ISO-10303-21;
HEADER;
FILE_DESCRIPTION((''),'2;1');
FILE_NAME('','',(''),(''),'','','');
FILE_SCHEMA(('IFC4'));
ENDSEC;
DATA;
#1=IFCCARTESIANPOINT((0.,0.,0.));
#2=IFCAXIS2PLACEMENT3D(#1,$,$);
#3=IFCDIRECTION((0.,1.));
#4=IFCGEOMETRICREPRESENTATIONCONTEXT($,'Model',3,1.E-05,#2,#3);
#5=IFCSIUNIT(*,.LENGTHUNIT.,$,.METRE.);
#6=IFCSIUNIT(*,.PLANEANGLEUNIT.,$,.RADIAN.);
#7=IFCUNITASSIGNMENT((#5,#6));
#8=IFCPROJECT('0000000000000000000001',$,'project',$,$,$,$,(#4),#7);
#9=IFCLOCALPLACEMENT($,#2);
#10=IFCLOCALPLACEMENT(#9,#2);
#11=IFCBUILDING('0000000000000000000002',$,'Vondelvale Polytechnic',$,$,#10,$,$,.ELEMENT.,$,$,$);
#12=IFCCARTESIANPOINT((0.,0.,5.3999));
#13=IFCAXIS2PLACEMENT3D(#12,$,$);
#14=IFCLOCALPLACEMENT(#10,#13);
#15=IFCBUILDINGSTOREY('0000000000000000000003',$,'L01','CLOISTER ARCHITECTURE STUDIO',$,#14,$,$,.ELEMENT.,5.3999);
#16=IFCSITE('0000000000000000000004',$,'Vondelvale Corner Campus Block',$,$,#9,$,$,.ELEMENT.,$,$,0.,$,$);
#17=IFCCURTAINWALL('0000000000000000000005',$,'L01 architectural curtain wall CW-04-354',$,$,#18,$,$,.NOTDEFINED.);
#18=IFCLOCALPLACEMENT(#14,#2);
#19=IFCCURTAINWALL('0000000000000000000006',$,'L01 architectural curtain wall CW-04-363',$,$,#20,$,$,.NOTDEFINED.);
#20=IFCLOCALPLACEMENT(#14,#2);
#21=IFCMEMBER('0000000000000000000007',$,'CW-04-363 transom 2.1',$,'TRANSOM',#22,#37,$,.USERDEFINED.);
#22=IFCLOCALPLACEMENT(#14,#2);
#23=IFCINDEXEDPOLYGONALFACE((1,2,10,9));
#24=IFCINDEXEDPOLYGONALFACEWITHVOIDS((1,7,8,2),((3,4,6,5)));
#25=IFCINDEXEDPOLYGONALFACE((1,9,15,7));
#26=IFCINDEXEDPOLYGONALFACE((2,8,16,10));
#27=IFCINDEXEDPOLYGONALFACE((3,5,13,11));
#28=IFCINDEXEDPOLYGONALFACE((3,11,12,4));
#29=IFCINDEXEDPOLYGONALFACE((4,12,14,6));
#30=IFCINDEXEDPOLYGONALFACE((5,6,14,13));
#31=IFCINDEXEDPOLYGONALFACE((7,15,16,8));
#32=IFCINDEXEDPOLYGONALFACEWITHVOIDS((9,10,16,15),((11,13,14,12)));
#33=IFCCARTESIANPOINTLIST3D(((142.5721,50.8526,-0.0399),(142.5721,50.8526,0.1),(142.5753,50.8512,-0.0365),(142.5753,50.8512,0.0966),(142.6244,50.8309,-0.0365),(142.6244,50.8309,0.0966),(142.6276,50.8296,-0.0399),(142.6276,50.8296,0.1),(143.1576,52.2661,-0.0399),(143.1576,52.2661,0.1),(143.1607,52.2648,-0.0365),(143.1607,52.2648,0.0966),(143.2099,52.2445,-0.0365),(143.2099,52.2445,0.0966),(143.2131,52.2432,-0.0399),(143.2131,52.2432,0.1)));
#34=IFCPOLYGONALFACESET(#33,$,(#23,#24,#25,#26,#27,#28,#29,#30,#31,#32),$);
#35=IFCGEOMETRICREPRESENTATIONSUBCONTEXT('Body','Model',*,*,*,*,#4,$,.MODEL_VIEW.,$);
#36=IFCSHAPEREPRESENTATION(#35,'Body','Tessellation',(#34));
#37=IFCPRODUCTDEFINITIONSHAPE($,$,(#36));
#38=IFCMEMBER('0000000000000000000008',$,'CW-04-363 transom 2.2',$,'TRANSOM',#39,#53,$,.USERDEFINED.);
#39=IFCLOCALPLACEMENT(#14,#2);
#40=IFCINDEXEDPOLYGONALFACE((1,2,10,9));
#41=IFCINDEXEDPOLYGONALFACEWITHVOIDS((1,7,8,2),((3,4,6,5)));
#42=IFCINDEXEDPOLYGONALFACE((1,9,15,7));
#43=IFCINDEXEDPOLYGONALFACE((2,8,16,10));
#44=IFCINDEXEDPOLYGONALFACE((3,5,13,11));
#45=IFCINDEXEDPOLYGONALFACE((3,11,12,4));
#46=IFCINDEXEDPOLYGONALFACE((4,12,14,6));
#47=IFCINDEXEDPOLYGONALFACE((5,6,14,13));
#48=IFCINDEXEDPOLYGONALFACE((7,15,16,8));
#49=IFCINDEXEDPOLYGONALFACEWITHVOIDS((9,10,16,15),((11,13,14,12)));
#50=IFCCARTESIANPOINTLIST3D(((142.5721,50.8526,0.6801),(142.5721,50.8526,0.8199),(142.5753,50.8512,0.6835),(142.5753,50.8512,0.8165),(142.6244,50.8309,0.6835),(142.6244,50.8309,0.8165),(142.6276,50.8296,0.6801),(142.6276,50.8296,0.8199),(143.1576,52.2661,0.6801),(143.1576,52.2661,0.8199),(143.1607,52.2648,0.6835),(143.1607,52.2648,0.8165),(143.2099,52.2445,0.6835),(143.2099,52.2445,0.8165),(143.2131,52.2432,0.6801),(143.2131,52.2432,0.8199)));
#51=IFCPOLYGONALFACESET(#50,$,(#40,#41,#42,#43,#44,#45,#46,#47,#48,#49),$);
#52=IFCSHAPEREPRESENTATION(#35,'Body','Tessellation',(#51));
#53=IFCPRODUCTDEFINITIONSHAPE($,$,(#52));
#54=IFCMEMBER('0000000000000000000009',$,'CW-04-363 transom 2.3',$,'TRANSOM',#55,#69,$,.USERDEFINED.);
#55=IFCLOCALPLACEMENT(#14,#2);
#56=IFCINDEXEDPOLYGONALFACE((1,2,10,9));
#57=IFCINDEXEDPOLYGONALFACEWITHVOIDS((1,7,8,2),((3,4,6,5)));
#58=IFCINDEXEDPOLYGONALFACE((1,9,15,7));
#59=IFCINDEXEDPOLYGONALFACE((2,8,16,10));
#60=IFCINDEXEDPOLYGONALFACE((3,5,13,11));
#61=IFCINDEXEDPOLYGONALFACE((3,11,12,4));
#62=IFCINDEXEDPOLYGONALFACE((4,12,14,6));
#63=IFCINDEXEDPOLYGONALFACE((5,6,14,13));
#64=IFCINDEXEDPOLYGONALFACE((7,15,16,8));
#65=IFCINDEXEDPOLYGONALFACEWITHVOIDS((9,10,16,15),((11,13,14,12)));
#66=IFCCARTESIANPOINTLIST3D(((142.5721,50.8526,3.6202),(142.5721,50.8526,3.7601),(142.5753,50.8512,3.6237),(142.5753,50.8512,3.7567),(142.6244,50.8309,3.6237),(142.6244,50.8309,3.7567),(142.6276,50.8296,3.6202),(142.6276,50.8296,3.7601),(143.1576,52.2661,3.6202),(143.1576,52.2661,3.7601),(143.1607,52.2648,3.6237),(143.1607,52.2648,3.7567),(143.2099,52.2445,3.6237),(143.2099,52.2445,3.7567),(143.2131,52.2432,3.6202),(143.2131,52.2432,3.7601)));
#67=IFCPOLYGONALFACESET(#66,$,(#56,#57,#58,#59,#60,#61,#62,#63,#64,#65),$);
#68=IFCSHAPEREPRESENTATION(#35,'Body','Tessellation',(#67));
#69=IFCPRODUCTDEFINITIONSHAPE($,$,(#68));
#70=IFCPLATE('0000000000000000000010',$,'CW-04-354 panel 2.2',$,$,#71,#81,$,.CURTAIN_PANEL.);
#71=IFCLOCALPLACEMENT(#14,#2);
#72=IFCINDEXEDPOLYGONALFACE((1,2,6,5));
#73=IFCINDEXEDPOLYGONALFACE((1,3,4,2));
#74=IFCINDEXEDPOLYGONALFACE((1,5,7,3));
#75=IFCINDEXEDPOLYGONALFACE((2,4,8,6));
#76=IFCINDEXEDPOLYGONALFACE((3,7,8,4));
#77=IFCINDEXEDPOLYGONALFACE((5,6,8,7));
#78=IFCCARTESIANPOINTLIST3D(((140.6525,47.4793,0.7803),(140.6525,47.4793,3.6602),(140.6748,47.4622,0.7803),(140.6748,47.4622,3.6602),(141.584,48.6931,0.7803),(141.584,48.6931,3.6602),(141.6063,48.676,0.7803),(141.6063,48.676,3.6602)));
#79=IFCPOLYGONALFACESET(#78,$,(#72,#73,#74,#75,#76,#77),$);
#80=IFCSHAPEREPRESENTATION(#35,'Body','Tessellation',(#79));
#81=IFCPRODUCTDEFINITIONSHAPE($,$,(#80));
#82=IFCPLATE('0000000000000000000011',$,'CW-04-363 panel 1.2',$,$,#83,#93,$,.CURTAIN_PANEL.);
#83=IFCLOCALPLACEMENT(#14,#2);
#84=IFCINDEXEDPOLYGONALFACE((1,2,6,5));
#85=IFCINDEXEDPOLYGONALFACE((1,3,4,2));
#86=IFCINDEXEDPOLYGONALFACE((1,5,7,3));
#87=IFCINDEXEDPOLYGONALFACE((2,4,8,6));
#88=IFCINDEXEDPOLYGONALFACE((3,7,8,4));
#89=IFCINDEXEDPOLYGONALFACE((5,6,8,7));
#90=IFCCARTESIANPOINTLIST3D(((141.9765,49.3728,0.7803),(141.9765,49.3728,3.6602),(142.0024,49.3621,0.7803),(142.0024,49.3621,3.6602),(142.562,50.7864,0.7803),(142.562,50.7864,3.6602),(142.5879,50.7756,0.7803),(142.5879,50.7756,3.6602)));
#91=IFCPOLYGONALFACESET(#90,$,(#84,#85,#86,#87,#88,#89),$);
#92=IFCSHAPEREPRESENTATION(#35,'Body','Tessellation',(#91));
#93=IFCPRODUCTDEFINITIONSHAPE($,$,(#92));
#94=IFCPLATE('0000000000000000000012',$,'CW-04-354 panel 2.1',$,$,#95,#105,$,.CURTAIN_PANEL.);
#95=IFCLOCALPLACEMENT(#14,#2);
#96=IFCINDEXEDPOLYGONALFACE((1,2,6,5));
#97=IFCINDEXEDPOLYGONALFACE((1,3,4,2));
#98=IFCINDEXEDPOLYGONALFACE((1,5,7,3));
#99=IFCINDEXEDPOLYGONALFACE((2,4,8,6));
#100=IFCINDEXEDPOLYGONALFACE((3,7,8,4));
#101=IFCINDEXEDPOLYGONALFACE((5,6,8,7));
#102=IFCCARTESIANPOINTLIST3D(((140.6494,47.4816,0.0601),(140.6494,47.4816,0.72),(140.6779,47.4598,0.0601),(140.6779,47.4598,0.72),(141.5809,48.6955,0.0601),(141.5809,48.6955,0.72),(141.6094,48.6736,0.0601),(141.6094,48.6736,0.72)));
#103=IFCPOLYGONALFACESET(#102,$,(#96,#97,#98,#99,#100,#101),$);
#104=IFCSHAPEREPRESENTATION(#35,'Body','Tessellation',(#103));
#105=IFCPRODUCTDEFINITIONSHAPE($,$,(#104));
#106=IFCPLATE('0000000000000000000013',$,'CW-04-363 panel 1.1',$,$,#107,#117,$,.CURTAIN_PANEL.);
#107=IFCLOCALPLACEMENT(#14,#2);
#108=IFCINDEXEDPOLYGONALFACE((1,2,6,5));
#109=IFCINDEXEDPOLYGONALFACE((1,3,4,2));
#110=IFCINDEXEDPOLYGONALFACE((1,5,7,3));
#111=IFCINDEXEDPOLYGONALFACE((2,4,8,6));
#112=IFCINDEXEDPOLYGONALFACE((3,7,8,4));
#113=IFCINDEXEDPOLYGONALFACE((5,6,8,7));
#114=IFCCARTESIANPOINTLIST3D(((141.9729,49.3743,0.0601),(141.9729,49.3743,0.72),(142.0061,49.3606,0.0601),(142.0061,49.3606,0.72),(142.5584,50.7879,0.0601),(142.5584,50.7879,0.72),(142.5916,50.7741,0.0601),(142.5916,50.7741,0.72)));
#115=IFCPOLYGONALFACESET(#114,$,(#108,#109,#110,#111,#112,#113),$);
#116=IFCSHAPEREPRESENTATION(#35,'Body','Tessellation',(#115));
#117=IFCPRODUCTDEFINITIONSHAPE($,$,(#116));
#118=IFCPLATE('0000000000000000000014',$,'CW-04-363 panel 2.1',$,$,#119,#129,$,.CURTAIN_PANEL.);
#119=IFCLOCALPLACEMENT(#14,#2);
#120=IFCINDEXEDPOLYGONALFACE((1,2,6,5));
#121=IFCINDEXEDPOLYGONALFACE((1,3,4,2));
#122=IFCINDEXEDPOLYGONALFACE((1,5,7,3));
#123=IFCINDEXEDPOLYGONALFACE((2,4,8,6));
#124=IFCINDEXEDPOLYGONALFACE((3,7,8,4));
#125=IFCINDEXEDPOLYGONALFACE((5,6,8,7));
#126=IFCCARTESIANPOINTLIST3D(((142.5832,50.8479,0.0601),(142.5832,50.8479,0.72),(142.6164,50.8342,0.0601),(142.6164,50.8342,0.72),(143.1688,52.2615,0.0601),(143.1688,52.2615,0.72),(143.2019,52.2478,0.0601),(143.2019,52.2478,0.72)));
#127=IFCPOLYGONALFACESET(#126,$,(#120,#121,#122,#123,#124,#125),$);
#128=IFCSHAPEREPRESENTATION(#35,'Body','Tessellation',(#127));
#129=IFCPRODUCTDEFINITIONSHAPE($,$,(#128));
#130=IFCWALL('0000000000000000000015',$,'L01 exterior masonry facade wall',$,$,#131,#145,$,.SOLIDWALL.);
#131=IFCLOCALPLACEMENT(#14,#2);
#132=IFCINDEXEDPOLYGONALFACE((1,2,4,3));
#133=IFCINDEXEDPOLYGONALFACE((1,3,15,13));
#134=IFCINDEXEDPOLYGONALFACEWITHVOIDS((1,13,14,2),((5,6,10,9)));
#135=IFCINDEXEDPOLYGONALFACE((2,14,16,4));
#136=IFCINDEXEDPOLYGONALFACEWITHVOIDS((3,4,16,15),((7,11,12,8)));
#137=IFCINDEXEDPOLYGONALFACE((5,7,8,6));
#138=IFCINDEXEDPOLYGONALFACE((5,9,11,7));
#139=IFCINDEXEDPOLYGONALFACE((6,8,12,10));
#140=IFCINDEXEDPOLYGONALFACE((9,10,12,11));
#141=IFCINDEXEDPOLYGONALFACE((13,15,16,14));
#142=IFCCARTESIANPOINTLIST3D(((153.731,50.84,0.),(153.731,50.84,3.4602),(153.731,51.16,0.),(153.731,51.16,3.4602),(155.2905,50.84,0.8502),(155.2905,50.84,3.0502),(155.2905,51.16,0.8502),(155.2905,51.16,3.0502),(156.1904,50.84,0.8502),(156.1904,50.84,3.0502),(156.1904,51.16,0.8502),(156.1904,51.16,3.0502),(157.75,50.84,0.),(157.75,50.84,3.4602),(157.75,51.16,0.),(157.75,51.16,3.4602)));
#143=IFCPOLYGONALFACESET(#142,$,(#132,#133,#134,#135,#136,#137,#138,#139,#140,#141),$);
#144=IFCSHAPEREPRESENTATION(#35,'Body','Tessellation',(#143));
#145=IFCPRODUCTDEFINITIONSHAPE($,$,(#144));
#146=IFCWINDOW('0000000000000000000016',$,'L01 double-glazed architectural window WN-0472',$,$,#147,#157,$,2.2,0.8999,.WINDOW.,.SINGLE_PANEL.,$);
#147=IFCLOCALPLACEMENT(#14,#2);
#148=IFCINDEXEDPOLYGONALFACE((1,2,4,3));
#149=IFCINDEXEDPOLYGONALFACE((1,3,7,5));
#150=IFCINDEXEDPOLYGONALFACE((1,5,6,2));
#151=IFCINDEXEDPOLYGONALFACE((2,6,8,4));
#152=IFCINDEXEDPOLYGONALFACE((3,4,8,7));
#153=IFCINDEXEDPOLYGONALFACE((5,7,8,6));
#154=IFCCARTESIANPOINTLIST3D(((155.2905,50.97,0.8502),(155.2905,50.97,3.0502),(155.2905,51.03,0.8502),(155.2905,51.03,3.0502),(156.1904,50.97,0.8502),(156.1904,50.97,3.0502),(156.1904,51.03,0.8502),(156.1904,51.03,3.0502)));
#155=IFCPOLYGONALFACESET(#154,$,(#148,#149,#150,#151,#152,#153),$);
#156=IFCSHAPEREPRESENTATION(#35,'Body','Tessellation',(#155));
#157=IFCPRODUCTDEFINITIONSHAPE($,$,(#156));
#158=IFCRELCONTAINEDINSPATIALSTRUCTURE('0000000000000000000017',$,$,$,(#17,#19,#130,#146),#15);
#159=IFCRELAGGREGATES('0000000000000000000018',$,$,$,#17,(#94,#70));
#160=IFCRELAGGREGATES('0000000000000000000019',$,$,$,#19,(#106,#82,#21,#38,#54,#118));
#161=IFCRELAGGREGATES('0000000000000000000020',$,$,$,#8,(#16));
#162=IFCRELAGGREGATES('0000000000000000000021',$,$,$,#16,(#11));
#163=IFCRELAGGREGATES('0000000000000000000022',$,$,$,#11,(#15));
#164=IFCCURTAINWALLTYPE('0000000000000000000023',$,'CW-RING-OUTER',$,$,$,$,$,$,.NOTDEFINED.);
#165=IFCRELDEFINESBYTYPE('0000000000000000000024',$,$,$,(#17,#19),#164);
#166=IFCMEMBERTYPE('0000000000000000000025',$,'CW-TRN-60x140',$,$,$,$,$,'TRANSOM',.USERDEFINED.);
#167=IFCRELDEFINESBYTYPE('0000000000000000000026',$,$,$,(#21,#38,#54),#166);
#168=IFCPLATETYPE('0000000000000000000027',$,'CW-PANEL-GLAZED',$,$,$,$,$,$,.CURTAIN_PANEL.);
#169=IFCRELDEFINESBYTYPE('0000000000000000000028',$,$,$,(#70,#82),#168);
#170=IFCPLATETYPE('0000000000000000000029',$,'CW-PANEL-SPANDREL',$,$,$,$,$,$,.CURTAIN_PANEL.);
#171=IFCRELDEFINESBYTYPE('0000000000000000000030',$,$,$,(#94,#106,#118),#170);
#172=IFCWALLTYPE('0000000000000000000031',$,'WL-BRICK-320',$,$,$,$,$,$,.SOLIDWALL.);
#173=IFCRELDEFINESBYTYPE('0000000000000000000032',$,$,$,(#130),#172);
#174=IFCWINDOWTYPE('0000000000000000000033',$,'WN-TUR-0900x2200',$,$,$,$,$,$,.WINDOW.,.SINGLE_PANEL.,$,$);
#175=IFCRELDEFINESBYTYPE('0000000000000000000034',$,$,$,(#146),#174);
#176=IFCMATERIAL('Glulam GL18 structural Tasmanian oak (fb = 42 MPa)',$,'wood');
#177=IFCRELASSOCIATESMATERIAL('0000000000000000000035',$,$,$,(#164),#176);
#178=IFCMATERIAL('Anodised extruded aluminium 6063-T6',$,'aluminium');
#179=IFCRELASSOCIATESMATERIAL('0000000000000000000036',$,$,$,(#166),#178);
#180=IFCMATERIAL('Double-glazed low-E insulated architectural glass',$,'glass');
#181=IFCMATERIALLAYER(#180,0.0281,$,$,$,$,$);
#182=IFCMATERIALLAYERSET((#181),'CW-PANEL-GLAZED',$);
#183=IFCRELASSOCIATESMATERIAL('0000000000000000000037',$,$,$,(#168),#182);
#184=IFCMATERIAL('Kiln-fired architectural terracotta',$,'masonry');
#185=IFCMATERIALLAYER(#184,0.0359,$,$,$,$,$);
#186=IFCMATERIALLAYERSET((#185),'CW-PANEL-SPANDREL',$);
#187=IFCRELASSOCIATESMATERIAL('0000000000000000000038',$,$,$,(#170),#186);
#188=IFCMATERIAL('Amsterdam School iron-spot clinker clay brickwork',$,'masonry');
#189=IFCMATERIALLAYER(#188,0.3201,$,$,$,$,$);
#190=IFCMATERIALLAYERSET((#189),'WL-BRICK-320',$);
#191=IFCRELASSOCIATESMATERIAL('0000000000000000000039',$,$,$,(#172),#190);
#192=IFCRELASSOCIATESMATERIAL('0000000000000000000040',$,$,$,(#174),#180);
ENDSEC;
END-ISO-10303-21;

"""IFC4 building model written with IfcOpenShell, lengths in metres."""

from ifc_helpers import new_model, si_unit, direction, frame, frame_2d, origin, origin_2d, place, context, subcontext, project, spatial, rectangle, hollow_rectangle, extrude, material, layer, layer_set, material_profile, profile_set, type_object, element, fill, aggregate, save


model = new_model("IFC4")

# Units and contexts
model_context = context("Model", 3, precision=1e-05, world=origin(), true_north=direction((0.0, 1.0)))
body_context = subcontext(model_context, "Body", "Model", "MODEL_VIEW")
ifc_project = project(units=[si_unit("LENGTHUNIT", "METRE"), si_unit("PLANEANGLEUNIT", "RADIAN")], contexts=[model_context])

# Site, building, storey
site_placement = place(None, origin())
site = spatial("IfcSite", under=ifc_project, at=site_placement, Name="Vondelvale Corner Campus Block", CompositionType="ELEMENT", RefElevation=0.0)
building_placement = place(site_placement, origin())
building = spatial("IfcBuilding", under=site, at=building_placement, Name="Vondelvale Polytechnic", CompositionType="ELEMENT")
storey_placement = place(building_placement, frame((0.0, 0.0, 5.3999)))
storey = spatial("IfcBuildingStorey", under=building, at=storey_placement, Name="L01", Description="CLOISTER ARCHITECTURE STUDIO", CompositionType="ELEMENT", Elevation=5.3999)

# Curtain wall
ifc_material_1 = material(Name="Glulam GL18 structural Tasmanian oak (fb = 42 MPa)", Category="wood")
curtain_wall_type = type_object("IfcCurtainWallType", Name="CW-RING-OUTER", PredefinedType="NOTDEFINED", material=ifc_material_1)
curtain_wall_1_placement = place(storey_placement, origin())
curtain_wall_1 = element("IfcCurtainWall", 1, at=curtain_wall_1_placement, inside=storey, type_object=curtain_wall_type, Name="L01 architectural curtain wall CW-04-354", PredefinedType="NOTDEFINED")
ifc_material_2 = material(Name="Anodised extruded aluminium 6063-T6", Category="aluminium")

# Curtain wall
curtain_wall_2_placement = place(storey_placement, origin())
curtain_wall_2 = element("IfcCurtainWall", 2, at=curtain_wall_2_placement, inside=storey, type_object=curtain_wall_type, Name="L01 architectural curtain wall CW-04-363", PredefinedType="NOTDEFINED")

# Members
ifc_material_profile_1 = material_profile(ifc_material_2, hollow_rectangle(XDim=0.0601, YDim=0.1399, WallThickness=0.0034, at=origin_2d()), Name="CW-TRN-140x60")
ifc_profile_set_1 = profile_set([ifc_material_profile_1], Name="Anodised extruded aluminium 6063-T6")
member_type_1 = type_object("IfcMemberType", Name="CW-TRN-60x140", ElementType="TRANSOM", PredefinedType="USERDEFINED", material=ifc_profile_set_1)
member_1_placement = place(storey_placement, frame((142.5999, 50.8411, 0.03), z_axis=(0.382643, 0.923896, 0.0), x_axis=(-0.923896, 0.382643, 0.0)))
member_1 = element("IfcMember", 3, at=member_1_placement, type_object=member_type_1, Name="CW-04-363 transom 2.1", ObjectType="TRANSOM", PredefinedType="USERDEFINED", context=body_context, shape_type="SweptSolid", body=[
    extrude(hollow_rectangle(XDim=0.0601, YDim=0.1399, WallThickness=0.0034, at=origin_2d()), origin(), (0.0, 0.0, 1.0), 1.53),
])
member_2_placement = place(storey_placement, frame((142.5999, 50.8411, 0.75), z_axis=(0.382643, 0.923896, 0.0), x_axis=(-0.923896, 0.382643, 0.0)))
member_2 = element("IfcMember", 4, at=member_2_placement, type_object=member_type_1, Name="CW-04-363 transom 2.2", ObjectType="TRANSOM", PredefinedType="USERDEFINED", context=body_context, shape_type="SweptSolid", body=[
    extrude(hollow_rectangle(XDim=0.0601, YDim=0.1399, WallThickness=0.0034, at=origin_2d()), origin(), (0.0, 0.0, 1.0), 1.53),
])
member_3_placement = place(storey_placement, frame((142.5999, 50.8411, 3.6902), z_axis=(0.382643, 0.923896, 0.0), x_axis=(-0.923896, 0.382643, 0.0)))
member_3 = element("IfcMember", 5, at=member_3_placement, type_object=member_type_1, Name="CW-04-363 transom 2.3", ObjectType="TRANSOM", PredefinedType="USERDEFINED", context=body_context, shape_type="SweptSolid", body=[
    extrude(hollow_rectangle(XDim=0.0601, YDim=0.1399, WallThickness=0.0034, at=origin_2d()), origin(), (0.0, 0.0, 1.0), 1.53),
])

# Plates
ifc_material_3 = material(Name="Double-glazed low-E insulated architectural glass", Category="glass")
ifc_layer_1 = layer(ifc_material_3, 0.0281)
ifc_layer_set_1 = layer_set([ifc_layer_1], Name="CW-PANEL-GLAZED")
plate_type_1 = type_object("IfcPlateType", Name="CW-PANEL-GLAZED", PredefinedType="CURTAIN_PANEL", material=ifc_layer_set_1)
plate_1_placement = place(storey_placement, frame((141.1294, 48.0776, 0.7803), z_axis=(0.0, 0.0, 1.0), x_axis=(0.608787, 0.793334, 0.0)))
plate_1 = element("IfcPlate", 6, at=plate_1_placement, type_object=plate_type_1, Name="CW-04-354 panel 2.2", PredefinedType="CURTAIN_PANEL", context=body_context, shape_type="SweptSolid", body=[
    extrude(rectangle(XDim=1.53, YDim=0.0281, at=origin_2d()), origin(), (0.0, 0.0, 1.0), 2.8799),
])
plate_2_placement = place(storey_placement, frame((142.2822, 50.0742, 0.7803), z_axis=(0.0, 0.0, 1.0), x_axis=(0.382677, 0.923882, 0.0)))
plate_2 = element("IfcPlate", 7, at=plate_2_placement, type_object=plate_type_1, Name="CW-04-363 panel 1.2", PredefinedType="CURTAIN_PANEL", context=body_context, shape_type="SweptSolid", body=[
    extrude(rectangle(XDim=1.53, YDim=0.0281, at=origin_2d()), origin(), (0.0, 0.0, 1.0), 2.8799),
])
ifc_material_4 = material(Name="Kiln-fired architectural terracotta", Category="masonry")
ifc_layer_2 = layer(ifc_material_4, 0.0359)
ifc_layer_set_2 = layer_set([ifc_layer_2], Name="CW-PANEL-SPANDREL")
plate_type_2 = type_object("IfcPlateType", Name="CW-PANEL-SPANDREL", PredefinedType="CURTAIN_PANEL", material=ifc_layer_set_2)
plate_3_placement = place(storey_placement, frame((141.1294, 48.0776, 0.0601), z_axis=(0.0, 0.0, 1.0), x_axis=(0.608787, 0.793334, 0.0)))
plate_3 = element("IfcPlate", 8, at=plate_3_placement, type_object=plate_type_2, Name="CW-04-354 panel 2.1", PredefinedType="CURTAIN_PANEL", context=body_context, shape_type="SweptSolid", body=[
    extrude(rectangle(XDim=1.53, YDim=0.0359, at=origin_2d()), origin(), (0.0, 0.0, 1.0), 0.6599),
])
aggregate(curtain_wall_1, [plate_3, plate_1])
plate_4_placement = place(storey_placement, frame((142.2822, 50.0742, 0.0601), z_axis=(0.0, 0.0, 1.0), x_axis=(0.382677, 0.923882, 0.0)))
plate_4 = element("IfcPlate", 9, at=plate_4_placement, type_object=plate_type_2, Name="CW-04-363 panel 1.1", PredefinedType="CURTAIN_PANEL", context=body_context, shape_type="SweptSolid", body=[
    extrude(rectangle(XDim=1.53, YDim=0.0359, at=origin_2d()), origin(), (0.0, 0.0, 1.0), 0.6599),
])
plate_5_placement = place(storey_placement, frame((142.8926, 51.5479, 0.0601), z_axis=(0.0, 0.0, 1.0), x_axis=(0.382677, 0.923882, 0.0)))
plate_5 = element("IfcPlate", 10, at=plate_5_placement, type_object=plate_type_2, Name="CW-04-363 panel 2.1", PredefinedType="CURTAIN_PANEL", context=body_context, shape_type="SweptSolid", body=[
    extrude(rectangle(XDim=1.53, YDim=0.0359, at=origin_2d()), origin(), (0.0, 0.0, 1.0), 0.6599),
])
aggregate(curtain_wall_2, [plate_4, plate_2, member_1, member_2, member_3, plate_5])

# Wall, opening, window
ifc_material_5 = material(Name="Amsterdam School iron-spot clinker clay brickwork", Category="masonry")
ifc_layer_3 = layer(ifc_material_5, 0.3201)
ifc_layer_set_3 = layer_set([ifc_layer_3], Name="WL-BRICK-320")
wall_type_1 = type_object("IfcWallType", Name="WL-BRICK-320", PredefinedType="SOLIDWALL", material=ifc_layer_set_3)
wall_1_placement = place(storey_placement, frame((157.75, 51.0, 0.0), z_axis=(0.0, 0.0, 1.0), x_axis=(-1.0, 0.0, 0.0)))
wall_1 = element("IfcWall", 11, at=wall_1_placement, inside=storey, type_object=wall_type_1, Name="L01 exterior masonry facade wall", PredefinedType="SOLIDWALL", context=body_context, shape_type="SweptSolid", body=[
    extrude(rectangle(XDim=4.019, YDim=0.3201, at=frame_2d((2.0095, 0.0))), origin(), (0.0, 0.0, 1.0), 3.4602),
])
opening_1_placement = place(wall_1_placement, frame((1.5596, 0.0, 0.8501)))
opening_1 = element("IfcOpeningElement", 12, at=opening_1_placement, cuts=wall_1, PredefinedType="OPENING", context=body_context, shape_type="SweptSolid", body=[
    extrude(rectangle(XDim=0.8999, YDim=2.2, at=frame_2d((0.45, 1.1001))), frame((0.0, 0.1699, 0.0), z_axis=(0.0, -1.0, 0.0), x_axis=(1.0, 0.0, 0.0)), (0.0, 0.0, 1.0), 0.3401),
])
window_type_1 = type_object("IfcWindowType", Name="WN-TUR-0900x2200", PartitioningType="SINGLE_PANEL", PredefinedType="WINDOW", material=ifc_material_3)
window_1_placement = place(opening_1_placement, origin())
window_1 = element("IfcWindow", 13, at=window_1_placement, inside=storey, type_object=window_type_1, Name="L01 double-glazed architectural window WN-0472", OverallHeight=2.2, OverallWidth=0.8999, PartitioningType="SINGLE_PANEL", PredefinedType="WINDOW", context=body_context, shape_type="SweptSolid", body=[
    extrude(rectangle(XDim=0.8999, YDim=2.2, at=frame_2d((0.45, 1.1001))), frame((0.0, 0.03, 0.0), z_axis=(0.0, -1.0, 0.0), x_axis=(1.0, 0.0, 0.0)), (0.0, 0.0, 1.0), 0.0601),
])
fill(opening_1, window_1)

save(model, "model.ifc")
